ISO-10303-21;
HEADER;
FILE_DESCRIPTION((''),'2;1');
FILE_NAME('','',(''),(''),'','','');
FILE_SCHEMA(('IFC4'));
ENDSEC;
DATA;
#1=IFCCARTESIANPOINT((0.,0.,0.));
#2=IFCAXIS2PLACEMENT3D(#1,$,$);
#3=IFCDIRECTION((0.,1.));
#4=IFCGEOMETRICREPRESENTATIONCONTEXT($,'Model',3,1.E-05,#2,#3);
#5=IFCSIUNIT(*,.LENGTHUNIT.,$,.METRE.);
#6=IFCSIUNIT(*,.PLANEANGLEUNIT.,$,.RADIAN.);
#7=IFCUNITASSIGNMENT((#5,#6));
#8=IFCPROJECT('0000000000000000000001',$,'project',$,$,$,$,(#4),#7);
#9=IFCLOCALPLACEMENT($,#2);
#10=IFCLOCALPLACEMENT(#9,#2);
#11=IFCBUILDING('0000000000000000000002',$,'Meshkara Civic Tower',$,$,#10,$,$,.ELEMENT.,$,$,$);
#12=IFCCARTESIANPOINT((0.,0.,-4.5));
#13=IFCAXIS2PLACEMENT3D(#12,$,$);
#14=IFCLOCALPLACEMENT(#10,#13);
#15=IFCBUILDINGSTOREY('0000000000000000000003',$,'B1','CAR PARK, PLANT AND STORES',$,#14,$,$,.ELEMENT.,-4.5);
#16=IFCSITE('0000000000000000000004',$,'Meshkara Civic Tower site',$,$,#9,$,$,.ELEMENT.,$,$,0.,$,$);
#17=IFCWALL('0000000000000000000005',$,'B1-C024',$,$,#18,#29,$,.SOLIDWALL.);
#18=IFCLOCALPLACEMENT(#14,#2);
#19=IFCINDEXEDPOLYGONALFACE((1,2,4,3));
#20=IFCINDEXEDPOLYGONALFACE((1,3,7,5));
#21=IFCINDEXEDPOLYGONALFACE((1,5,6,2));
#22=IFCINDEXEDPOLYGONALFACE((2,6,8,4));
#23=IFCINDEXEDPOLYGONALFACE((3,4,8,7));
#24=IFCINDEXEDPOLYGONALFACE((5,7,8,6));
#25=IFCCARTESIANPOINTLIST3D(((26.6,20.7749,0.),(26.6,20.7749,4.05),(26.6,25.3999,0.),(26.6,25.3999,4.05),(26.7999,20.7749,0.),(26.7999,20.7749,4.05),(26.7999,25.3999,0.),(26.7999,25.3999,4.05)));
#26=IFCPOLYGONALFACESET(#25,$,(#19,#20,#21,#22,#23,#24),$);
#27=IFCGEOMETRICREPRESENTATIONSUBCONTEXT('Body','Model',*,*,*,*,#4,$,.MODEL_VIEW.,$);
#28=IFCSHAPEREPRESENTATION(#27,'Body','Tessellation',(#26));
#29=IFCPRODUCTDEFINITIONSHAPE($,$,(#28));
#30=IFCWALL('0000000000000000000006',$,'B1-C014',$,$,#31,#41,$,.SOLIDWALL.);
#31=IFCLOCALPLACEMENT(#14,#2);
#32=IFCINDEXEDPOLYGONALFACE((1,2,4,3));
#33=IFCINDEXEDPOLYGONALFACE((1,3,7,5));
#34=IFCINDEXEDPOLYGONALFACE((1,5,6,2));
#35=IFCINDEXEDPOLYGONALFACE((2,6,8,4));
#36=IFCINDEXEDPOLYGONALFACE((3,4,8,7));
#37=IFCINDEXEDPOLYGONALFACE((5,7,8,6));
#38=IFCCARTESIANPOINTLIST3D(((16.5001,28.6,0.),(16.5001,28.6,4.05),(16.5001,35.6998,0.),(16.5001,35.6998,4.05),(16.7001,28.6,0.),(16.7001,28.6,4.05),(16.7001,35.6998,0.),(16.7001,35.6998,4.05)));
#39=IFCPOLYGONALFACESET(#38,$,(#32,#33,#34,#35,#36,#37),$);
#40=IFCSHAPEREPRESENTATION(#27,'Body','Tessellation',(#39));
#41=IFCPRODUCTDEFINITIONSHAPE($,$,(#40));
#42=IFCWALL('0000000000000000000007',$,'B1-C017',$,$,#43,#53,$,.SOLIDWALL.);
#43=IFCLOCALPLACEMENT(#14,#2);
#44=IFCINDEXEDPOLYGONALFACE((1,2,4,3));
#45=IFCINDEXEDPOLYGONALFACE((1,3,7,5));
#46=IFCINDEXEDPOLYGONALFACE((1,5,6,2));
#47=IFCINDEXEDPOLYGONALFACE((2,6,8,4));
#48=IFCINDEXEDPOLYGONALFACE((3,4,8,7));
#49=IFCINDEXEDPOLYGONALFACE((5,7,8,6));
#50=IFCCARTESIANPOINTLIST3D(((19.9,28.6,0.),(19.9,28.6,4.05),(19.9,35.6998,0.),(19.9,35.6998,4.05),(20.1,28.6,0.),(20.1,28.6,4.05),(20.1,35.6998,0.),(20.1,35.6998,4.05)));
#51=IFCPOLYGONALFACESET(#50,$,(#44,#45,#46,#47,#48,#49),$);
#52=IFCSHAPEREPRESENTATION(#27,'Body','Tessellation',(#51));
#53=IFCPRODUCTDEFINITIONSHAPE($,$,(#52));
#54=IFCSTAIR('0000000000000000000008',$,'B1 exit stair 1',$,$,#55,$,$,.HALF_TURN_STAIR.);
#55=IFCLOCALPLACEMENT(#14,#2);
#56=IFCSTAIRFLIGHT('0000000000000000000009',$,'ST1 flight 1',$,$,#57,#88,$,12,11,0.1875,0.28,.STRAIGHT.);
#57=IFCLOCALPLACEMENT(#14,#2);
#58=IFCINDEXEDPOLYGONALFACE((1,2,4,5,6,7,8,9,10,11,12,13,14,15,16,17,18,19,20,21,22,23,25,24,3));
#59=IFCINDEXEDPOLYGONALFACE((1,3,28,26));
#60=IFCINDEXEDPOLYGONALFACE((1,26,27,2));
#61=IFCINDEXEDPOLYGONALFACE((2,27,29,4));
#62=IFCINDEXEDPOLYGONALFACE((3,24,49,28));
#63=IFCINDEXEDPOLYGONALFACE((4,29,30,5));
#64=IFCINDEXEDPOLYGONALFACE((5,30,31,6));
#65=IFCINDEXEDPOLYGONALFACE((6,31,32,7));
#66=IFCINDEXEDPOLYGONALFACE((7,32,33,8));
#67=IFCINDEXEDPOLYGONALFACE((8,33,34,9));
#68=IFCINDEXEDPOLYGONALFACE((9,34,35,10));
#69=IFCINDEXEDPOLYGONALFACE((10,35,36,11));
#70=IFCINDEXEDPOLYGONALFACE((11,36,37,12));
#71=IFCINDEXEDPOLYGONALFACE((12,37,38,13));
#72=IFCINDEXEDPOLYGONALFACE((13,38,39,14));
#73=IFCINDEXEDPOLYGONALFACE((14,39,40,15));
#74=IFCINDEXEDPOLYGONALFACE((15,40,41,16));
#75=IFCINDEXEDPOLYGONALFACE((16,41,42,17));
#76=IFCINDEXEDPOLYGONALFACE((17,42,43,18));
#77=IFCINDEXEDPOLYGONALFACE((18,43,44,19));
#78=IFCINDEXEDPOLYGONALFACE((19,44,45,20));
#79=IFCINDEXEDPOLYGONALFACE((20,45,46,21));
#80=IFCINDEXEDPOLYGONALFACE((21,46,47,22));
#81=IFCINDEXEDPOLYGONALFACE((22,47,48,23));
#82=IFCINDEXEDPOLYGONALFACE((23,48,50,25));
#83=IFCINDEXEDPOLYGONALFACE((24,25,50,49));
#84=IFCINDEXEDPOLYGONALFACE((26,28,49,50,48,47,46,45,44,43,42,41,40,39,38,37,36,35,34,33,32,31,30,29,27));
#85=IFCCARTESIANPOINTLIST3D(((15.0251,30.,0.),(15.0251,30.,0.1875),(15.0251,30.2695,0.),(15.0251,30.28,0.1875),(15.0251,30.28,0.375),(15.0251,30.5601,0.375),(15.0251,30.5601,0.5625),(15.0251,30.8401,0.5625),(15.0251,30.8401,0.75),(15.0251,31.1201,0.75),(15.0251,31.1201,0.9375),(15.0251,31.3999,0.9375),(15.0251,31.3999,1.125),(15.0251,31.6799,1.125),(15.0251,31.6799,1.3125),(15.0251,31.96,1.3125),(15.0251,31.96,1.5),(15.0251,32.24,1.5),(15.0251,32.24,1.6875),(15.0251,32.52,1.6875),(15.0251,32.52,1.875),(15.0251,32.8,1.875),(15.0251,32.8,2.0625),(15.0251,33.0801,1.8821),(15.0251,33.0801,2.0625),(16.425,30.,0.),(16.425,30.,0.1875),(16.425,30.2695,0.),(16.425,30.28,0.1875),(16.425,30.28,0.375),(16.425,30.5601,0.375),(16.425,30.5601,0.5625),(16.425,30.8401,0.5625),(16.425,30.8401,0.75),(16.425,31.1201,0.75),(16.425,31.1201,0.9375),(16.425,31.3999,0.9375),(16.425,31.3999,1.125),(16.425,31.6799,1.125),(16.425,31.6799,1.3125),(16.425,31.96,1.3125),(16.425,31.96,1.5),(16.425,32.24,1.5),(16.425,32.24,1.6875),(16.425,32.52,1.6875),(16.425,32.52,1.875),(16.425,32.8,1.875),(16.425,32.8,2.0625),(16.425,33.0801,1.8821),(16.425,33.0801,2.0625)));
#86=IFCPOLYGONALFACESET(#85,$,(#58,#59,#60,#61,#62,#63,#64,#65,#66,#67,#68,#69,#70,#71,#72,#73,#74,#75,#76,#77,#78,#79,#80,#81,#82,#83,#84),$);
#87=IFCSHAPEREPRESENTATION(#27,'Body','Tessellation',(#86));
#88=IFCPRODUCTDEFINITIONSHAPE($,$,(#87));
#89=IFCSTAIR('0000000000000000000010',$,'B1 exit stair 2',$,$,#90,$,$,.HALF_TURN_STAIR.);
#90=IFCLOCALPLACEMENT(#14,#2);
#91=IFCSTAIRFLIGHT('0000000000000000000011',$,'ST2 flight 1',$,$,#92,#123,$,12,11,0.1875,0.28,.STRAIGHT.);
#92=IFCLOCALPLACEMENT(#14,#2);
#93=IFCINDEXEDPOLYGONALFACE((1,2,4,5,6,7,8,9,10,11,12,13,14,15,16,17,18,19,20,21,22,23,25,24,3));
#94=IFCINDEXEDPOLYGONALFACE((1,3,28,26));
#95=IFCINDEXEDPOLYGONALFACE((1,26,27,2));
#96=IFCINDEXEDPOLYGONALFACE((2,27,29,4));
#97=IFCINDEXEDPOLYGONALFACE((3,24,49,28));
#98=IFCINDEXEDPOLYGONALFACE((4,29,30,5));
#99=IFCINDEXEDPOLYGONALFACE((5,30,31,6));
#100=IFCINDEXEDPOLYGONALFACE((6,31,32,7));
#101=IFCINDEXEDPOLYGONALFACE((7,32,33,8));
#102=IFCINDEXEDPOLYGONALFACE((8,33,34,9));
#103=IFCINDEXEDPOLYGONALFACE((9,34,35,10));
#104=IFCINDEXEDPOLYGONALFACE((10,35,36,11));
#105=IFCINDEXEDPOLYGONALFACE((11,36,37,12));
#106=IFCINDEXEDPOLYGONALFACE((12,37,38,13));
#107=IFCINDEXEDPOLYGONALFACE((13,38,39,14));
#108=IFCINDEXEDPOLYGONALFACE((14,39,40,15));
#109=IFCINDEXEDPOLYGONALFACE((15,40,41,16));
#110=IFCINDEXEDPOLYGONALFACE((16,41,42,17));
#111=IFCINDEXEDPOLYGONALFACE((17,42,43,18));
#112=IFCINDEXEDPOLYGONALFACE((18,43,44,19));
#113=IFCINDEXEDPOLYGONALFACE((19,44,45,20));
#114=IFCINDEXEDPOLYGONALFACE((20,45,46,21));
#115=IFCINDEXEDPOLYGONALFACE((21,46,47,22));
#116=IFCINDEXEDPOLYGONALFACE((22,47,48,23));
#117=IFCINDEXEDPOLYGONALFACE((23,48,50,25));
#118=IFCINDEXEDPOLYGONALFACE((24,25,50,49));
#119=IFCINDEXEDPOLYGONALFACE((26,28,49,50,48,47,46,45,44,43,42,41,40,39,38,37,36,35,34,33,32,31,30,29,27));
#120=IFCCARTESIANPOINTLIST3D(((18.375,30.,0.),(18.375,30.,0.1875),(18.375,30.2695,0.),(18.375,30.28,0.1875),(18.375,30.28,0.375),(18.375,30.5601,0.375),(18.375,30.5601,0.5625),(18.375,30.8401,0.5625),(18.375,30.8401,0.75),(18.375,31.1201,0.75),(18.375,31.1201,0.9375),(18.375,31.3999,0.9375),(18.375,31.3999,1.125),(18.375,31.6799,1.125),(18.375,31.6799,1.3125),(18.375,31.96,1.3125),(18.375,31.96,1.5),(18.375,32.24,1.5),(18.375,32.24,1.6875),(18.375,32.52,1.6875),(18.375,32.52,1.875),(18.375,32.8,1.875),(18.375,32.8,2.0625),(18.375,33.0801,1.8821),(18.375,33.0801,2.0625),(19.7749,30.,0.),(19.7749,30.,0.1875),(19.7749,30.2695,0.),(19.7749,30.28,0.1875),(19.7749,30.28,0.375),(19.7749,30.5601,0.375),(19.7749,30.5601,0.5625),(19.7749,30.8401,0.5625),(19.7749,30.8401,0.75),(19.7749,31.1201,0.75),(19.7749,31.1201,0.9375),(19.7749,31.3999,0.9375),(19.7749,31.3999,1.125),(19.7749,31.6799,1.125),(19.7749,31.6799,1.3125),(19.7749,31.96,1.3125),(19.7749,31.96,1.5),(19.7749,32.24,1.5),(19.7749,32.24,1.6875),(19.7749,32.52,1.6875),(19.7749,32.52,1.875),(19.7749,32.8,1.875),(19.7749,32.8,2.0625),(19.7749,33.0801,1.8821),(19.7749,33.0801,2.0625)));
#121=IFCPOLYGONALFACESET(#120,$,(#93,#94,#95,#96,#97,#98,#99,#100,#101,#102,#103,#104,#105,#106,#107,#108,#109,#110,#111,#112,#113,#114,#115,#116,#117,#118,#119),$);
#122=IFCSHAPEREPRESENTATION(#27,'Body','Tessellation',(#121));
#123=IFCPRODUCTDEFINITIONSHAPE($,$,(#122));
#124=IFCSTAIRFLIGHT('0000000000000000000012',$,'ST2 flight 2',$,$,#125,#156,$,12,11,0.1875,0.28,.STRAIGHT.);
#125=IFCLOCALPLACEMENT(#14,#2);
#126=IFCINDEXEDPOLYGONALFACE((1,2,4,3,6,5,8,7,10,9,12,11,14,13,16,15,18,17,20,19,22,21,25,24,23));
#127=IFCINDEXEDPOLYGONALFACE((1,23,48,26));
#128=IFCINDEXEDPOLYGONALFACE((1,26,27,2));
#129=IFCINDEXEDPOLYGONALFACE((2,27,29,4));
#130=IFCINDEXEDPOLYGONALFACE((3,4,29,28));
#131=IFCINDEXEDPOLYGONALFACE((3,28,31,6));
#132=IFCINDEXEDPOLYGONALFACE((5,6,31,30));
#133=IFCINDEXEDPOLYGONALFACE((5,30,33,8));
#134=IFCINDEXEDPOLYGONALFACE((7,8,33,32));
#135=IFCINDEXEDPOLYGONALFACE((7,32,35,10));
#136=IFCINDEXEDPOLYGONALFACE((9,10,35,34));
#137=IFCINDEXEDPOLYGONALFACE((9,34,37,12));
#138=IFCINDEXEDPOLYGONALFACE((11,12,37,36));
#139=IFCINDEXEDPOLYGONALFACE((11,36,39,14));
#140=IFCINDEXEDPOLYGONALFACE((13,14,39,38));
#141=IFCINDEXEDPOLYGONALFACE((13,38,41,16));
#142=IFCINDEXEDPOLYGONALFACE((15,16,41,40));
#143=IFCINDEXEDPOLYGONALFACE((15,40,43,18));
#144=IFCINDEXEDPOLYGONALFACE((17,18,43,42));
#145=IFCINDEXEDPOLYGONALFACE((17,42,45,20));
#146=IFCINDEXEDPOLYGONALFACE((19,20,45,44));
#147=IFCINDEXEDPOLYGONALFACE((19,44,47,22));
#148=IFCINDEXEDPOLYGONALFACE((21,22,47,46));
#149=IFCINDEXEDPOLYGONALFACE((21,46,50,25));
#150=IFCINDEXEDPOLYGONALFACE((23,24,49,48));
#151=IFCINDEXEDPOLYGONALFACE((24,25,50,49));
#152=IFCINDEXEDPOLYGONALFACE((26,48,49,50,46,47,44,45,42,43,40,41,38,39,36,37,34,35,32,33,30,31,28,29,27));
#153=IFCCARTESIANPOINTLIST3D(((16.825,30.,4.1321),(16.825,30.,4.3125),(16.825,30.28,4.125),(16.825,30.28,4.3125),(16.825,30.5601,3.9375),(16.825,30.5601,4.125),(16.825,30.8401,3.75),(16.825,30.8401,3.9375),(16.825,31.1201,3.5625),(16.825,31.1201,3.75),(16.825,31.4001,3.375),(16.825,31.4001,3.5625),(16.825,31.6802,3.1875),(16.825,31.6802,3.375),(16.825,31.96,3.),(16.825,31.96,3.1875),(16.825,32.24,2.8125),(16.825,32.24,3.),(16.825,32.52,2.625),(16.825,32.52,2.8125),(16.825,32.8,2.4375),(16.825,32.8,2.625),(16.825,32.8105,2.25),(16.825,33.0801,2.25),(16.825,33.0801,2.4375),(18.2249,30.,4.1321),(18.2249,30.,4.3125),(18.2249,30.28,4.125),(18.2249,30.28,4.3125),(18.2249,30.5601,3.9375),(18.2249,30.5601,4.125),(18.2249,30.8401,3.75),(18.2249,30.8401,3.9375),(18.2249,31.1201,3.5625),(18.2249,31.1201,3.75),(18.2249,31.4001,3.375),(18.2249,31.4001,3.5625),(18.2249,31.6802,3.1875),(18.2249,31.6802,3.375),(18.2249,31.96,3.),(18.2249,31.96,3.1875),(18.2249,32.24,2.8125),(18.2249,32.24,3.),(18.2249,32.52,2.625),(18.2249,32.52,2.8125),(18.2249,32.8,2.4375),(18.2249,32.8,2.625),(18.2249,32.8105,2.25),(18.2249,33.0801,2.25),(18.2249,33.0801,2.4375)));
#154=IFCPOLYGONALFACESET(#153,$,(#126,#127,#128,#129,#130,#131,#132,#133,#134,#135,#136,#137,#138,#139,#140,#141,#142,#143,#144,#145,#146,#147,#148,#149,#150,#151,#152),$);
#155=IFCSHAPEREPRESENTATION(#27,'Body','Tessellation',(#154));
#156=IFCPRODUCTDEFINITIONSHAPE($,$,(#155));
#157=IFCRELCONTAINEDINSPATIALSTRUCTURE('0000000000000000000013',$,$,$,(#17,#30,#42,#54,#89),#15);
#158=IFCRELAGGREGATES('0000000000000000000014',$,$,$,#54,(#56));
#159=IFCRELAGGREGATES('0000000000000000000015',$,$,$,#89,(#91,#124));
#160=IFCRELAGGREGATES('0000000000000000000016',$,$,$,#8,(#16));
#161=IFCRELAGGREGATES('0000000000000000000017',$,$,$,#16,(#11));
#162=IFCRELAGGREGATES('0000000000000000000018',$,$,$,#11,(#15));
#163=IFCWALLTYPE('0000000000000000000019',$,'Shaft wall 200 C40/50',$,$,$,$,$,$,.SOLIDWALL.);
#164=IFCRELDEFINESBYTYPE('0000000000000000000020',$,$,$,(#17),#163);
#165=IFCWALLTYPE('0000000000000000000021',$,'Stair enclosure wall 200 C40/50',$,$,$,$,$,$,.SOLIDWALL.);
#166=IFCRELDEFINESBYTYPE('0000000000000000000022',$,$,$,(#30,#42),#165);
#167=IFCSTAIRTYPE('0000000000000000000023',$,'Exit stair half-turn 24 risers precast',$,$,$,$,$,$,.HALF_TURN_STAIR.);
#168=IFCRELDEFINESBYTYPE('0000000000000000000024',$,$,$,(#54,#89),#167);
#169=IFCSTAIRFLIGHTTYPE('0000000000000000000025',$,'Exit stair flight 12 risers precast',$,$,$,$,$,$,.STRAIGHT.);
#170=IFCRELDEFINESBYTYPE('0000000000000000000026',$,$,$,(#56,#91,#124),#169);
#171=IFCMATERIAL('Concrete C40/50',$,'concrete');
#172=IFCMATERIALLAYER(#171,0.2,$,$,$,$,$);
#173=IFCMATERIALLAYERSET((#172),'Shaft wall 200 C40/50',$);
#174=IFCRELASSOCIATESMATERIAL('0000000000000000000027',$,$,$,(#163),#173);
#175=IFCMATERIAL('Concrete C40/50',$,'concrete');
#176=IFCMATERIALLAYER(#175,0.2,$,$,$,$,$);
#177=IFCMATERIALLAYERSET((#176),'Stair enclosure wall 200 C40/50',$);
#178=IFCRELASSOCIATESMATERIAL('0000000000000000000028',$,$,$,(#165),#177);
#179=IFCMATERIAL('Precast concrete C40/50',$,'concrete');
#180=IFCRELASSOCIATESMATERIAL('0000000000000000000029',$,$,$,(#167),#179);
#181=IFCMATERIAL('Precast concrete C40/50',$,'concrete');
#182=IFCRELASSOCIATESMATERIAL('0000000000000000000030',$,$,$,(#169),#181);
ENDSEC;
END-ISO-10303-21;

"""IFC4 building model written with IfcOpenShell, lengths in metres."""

from ifc_helpers import new_model, si_unit, direction, frame, frame_2d, origin, place, context, subcontext, project, spatial, polyline, rectangle, outline, extrude, material, layer, layer_set, type_object, element, aggregate, save


model = new_model("IFC4")

# Units and contexts
model_context = context("Model", 3, precision=1e-05, world=origin(), true_north=direction((0.0, 1.0)))
body_context = subcontext(model_context, "Body", "Model", "MODEL_VIEW")
ifc_project = project(units=[si_unit("LENGTHUNIT", "METRE"), si_unit("PLANEANGLEUNIT", "RADIAN")], contexts=[model_context])

# Site, building, storey
site_placement = place(None, origin())
site = spatial("IfcSite", under=ifc_project, at=site_placement, Name="Meshkara Civic Tower site", CompositionType="ELEMENT", RefElevation=0.0)
building_placement = place(site_placement, origin())
building = spatial("IfcBuilding", under=site, at=building_placement, Name="Meshkara Civic Tower", CompositionType="ELEMENT")
storey_placement = place(building_placement, frame((0.0, 0.0, -4.5)))
storey = spatial("IfcBuildingStorey", under=building, at=storey_placement, Name="B1", Description="CAR PARK, PLANT AND STORES", CompositionType="ELEMENT", Elevation=-4.5)

# Shared definitions
ifc_material_1 = material(Name="Concrete C40/50", Category="concrete")
ifc_layer_1 = layer(ifc_material_1, 0.2)
ifc_layer_set_1 = layer_set([ifc_layer_1], Name="Shaft wall 200 C40/50")
wall_type_1 = type_object("IfcWallType", Name="Shaft wall 200 C40/50", PredefinedType="SOLIDWALL", material=ifc_layer_set_1)

# Walls
wall_1_placement = place(storey_placement, frame((26.7, 20.7749, 0.0), z_axis=(0.0, 0.0, 1.0), x_axis=(0.0, 1.0, 0.0)))
element("IfcWall", 1, at=wall_1_placement, inside=storey, type_object=wall_type_1, Name="B1-C024", PredefinedType="SOLIDWALL", context=body_context, shape_type="SweptSolid", body=[
    extrude(rectangle(XDim=4.625, YDim=0.2, at=frame_2d((2.3125, 0.0))), origin(), (0.0, 0.0, 1.0), 4.05),
])
ifc_material_2 = material(Name="Concrete C40/50", Category="concrete")
ifc_layer_2 = layer(ifc_material_2, 0.2)
ifc_layer_set_2 = layer_set([ifc_layer_2], Name="Stair enclosure wall 200 C40/50")
wall_type_2 = type_object("IfcWallType", Name="Stair enclosure wall 200 C40/50", PredefinedType="SOLIDWALL", material=ifc_layer_set_2)
for number, where, z_axis, x_axis, name in (
    (2, (16.6001, 28.6001, 0.0), (0.0, 0.0, 1.0), (0.0, 1.0, 0.0), "B1-C014"),
    (3, (20.0, 28.6001, 0.0), (0.0, 0.0, 1.0), (0.0, 1.0, 0.0), "B1-C017"),
):
    element("IfcWall", number, at=place(storey_placement, frame(where, z_axis=z_axis, x_axis=x_axis)), inside=storey, type_object=wall_type_2, Name=name, PredefinedType="SOLIDWALL", context=body_context, shape_type="SweptSolid", body=[
        extrude(rectangle(XDim=7.0999, YDim=0.2, at=frame_2d((3.5498, 0.0))), origin(), (0.0, 0.0, 1.0), 4.05),
    ])

# Stair, stair flight
ifc_material_3 = material(Name="Precast concrete C40/50", Category="concrete")
stair_type = type_object("IfcStairType", Name="Exit stair half-turn 24 risers precast", PredefinedType="HALF_TURN_STAIR", material=ifc_material_3)
stair_1_placement = place(storey_placement, origin())
stair_1 = element("IfcStair", 4, at=stair_1_placement, inside=storey, type_object=stair_type, Name="B1 exit stair 1", PredefinedType="HALF_TURN_STAIR")
ifc_material_4 = material(Name="Precast concrete C40/50", Category="concrete")
stair_flight_type = type_object("IfcStairFlightType", Name="Exit stair flight 12 risers precast", PredefinedType="STRAIGHT", material=ifc_material_4)
stair_flight_1_placement = place(storey_placement, frame((15.7251, 30.0, 0.0), z_axis=(0.0, 0.0, 1.0), x_axis=(0.0, 1.0, 0.0)))
stair_flight_1 = element("IfcStairFlight", 5, at=stair_flight_1_placement, type_object=stair_flight_type, Name="ST1 flight 1", NumberOfRisers=12, NumberOfTreads=11, PredefinedType="STRAIGHT", RiserHeight=0.1875, TreadLength=0.28, context=body_context, shape_type="SweptSolid", body=[
    extrude(outline(polyline([(0.0, 0.0), (0.0, 0.1875), (0.28, 0.1875), (0.28, 0.375), (0.5601, 0.375), (0.5601, 0.5625), (0.8401, 0.5625), (0.8401, 0.75), (1.1201, 0.75), (1.1201, 0.9375), (1.3999, 0.9375), (1.3999, 1.125), (1.6799, 1.125), (1.6799, 1.3125), (1.96, 1.3125), (1.96, 1.5), (2.24, 1.5), (2.24, 1.6875), (2.52, 1.6875), (2.52, 1.875), (2.8, 1.875), (2.8, 2.0625), (3.0801, 2.0625), (3.0801, 2.25), (3.0801, 1.8821), (0.2695, 0.0), (0.0, 0.0)])), frame((0.0, 0.7, 0.0), z_axis=(0.0, -1.0, 0.0), x_axis=(1.0, 0.0, 0.0)), (0.0, 0.0, 1.0), 1.3999),
])
aggregate(stair_1, [stair_flight_1])

# Stair, stair flights
stair_2_placement = place(storey_placement, origin())
stair_2 = element("IfcStair", 6, at=stair_2_placement, inside=storey, type_object=stair_type, Name="B1 exit stair 2", PredefinedType="HALF_TURN_STAIR")
stair_flight_2_placement = place(storey_placement, frame((19.075, 30.0, 0.0), z_axis=(0.0, 0.0, 1.0), x_axis=(0.0, 1.0, 0.0)))
stair_flight_2 = element("IfcStairFlight", 7, at=stair_flight_2_placement, type_object=stair_flight_type, Name="ST2 flight 1", NumberOfRisers=12, NumberOfTreads=11, PredefinedType="STRAIGHT", RiserHeight=0.1875, TreadLength=0.28, context=body_context, shape_type="SweptSolid", body=[
    extrude(outline(polyline([(0.0, 0.0), (0.0, 0.1875), (0.28, 0.1875), (0.28, 0.375), (0.5601, 0.375), (0.5601, 0.5625), (0.8401, 0.5625), (0.8401, 0.75), (1.1201, 0.75), (1.1201, 0.9375), (1.3999, 0.9375), (1.3999, 1.125), (1.6799, 1.125), (1.6799, 1.3125), (1.96, 1.3125), (1.96, 1.5), (2.24, 1.5), (2.24, 1.6875), (2.52, 1.6875), (2.52, 1.875), (2.8, 1.875), (2.8, 2.0625), (3.0801, 2.0625), (3.0801, 2.25), (3.0801, 1.8821), (0.2695, 0.0), (0.0, 0.0)])), frame((0.0, 0.7, 0.0), z_axis=(0.0, -1.0, 0.0), x_axis=(1.0, 0.0, 0.0)), (0.0, 0.0, 1.0), 1.3999),
])
stair_flight_3_placement = place(storey_placement, frame((17.5249, 33.0801, 2.25), z_axis=(0.0, 0.0, 1.0), x_axis=(0.0, -1.0, 0.0)))
stair_flight_3 = element("IfcStairFlight", 8, at=stair_flight_3_placement, type_object=stair_flight_type, Name="ST2 flight 2", NumberOfRisers=12, NumberOfTreads=11, PredefinedType="STRAIGHT", RiserHeight=0.1875, TreadLength=0.28, context=body_context, shape_type="SweptSolid", body=[
    extrude(outline(polyline([(0.0, 0.0), (0.0, 0.1875), (0.28, 0.1875), (0.28, 0.375), (0.5601, 0.375), (0.5601, 0.5625), (0.8401, 0.5625), (0.8401, 0.75), (1.1201, 0.75), (1.1201, 0.9375), (1.3999, 0.9375), (1.3999, 1.125), (1.6799, 1.125), (1.6799, 1.3125), (1.96, 1.3125), (1.96, 1.5), (2.24, 1.5), (2.24, 1.6875), (2.52, 1.6875), (2.52, 1.875), (2.8, 1.875), (2.8, 2.0625), (3.0801, 2.0625), (3.0801, 2.25), (3.0801, 1.8821), (0.2695, 0.0), (0.0, 0.0)])), frame((0.0, 0.7, 0.0), z_axis=(0.0, -1.0, 0.0), x_axis=(1.0, 0.0, 0.0)), (0.0, 0.0, 1.0), 1.3999),
])
aggregate(stair_2, [stair_flight_2, stair_flight_3])

save(model, "model.ifc")
